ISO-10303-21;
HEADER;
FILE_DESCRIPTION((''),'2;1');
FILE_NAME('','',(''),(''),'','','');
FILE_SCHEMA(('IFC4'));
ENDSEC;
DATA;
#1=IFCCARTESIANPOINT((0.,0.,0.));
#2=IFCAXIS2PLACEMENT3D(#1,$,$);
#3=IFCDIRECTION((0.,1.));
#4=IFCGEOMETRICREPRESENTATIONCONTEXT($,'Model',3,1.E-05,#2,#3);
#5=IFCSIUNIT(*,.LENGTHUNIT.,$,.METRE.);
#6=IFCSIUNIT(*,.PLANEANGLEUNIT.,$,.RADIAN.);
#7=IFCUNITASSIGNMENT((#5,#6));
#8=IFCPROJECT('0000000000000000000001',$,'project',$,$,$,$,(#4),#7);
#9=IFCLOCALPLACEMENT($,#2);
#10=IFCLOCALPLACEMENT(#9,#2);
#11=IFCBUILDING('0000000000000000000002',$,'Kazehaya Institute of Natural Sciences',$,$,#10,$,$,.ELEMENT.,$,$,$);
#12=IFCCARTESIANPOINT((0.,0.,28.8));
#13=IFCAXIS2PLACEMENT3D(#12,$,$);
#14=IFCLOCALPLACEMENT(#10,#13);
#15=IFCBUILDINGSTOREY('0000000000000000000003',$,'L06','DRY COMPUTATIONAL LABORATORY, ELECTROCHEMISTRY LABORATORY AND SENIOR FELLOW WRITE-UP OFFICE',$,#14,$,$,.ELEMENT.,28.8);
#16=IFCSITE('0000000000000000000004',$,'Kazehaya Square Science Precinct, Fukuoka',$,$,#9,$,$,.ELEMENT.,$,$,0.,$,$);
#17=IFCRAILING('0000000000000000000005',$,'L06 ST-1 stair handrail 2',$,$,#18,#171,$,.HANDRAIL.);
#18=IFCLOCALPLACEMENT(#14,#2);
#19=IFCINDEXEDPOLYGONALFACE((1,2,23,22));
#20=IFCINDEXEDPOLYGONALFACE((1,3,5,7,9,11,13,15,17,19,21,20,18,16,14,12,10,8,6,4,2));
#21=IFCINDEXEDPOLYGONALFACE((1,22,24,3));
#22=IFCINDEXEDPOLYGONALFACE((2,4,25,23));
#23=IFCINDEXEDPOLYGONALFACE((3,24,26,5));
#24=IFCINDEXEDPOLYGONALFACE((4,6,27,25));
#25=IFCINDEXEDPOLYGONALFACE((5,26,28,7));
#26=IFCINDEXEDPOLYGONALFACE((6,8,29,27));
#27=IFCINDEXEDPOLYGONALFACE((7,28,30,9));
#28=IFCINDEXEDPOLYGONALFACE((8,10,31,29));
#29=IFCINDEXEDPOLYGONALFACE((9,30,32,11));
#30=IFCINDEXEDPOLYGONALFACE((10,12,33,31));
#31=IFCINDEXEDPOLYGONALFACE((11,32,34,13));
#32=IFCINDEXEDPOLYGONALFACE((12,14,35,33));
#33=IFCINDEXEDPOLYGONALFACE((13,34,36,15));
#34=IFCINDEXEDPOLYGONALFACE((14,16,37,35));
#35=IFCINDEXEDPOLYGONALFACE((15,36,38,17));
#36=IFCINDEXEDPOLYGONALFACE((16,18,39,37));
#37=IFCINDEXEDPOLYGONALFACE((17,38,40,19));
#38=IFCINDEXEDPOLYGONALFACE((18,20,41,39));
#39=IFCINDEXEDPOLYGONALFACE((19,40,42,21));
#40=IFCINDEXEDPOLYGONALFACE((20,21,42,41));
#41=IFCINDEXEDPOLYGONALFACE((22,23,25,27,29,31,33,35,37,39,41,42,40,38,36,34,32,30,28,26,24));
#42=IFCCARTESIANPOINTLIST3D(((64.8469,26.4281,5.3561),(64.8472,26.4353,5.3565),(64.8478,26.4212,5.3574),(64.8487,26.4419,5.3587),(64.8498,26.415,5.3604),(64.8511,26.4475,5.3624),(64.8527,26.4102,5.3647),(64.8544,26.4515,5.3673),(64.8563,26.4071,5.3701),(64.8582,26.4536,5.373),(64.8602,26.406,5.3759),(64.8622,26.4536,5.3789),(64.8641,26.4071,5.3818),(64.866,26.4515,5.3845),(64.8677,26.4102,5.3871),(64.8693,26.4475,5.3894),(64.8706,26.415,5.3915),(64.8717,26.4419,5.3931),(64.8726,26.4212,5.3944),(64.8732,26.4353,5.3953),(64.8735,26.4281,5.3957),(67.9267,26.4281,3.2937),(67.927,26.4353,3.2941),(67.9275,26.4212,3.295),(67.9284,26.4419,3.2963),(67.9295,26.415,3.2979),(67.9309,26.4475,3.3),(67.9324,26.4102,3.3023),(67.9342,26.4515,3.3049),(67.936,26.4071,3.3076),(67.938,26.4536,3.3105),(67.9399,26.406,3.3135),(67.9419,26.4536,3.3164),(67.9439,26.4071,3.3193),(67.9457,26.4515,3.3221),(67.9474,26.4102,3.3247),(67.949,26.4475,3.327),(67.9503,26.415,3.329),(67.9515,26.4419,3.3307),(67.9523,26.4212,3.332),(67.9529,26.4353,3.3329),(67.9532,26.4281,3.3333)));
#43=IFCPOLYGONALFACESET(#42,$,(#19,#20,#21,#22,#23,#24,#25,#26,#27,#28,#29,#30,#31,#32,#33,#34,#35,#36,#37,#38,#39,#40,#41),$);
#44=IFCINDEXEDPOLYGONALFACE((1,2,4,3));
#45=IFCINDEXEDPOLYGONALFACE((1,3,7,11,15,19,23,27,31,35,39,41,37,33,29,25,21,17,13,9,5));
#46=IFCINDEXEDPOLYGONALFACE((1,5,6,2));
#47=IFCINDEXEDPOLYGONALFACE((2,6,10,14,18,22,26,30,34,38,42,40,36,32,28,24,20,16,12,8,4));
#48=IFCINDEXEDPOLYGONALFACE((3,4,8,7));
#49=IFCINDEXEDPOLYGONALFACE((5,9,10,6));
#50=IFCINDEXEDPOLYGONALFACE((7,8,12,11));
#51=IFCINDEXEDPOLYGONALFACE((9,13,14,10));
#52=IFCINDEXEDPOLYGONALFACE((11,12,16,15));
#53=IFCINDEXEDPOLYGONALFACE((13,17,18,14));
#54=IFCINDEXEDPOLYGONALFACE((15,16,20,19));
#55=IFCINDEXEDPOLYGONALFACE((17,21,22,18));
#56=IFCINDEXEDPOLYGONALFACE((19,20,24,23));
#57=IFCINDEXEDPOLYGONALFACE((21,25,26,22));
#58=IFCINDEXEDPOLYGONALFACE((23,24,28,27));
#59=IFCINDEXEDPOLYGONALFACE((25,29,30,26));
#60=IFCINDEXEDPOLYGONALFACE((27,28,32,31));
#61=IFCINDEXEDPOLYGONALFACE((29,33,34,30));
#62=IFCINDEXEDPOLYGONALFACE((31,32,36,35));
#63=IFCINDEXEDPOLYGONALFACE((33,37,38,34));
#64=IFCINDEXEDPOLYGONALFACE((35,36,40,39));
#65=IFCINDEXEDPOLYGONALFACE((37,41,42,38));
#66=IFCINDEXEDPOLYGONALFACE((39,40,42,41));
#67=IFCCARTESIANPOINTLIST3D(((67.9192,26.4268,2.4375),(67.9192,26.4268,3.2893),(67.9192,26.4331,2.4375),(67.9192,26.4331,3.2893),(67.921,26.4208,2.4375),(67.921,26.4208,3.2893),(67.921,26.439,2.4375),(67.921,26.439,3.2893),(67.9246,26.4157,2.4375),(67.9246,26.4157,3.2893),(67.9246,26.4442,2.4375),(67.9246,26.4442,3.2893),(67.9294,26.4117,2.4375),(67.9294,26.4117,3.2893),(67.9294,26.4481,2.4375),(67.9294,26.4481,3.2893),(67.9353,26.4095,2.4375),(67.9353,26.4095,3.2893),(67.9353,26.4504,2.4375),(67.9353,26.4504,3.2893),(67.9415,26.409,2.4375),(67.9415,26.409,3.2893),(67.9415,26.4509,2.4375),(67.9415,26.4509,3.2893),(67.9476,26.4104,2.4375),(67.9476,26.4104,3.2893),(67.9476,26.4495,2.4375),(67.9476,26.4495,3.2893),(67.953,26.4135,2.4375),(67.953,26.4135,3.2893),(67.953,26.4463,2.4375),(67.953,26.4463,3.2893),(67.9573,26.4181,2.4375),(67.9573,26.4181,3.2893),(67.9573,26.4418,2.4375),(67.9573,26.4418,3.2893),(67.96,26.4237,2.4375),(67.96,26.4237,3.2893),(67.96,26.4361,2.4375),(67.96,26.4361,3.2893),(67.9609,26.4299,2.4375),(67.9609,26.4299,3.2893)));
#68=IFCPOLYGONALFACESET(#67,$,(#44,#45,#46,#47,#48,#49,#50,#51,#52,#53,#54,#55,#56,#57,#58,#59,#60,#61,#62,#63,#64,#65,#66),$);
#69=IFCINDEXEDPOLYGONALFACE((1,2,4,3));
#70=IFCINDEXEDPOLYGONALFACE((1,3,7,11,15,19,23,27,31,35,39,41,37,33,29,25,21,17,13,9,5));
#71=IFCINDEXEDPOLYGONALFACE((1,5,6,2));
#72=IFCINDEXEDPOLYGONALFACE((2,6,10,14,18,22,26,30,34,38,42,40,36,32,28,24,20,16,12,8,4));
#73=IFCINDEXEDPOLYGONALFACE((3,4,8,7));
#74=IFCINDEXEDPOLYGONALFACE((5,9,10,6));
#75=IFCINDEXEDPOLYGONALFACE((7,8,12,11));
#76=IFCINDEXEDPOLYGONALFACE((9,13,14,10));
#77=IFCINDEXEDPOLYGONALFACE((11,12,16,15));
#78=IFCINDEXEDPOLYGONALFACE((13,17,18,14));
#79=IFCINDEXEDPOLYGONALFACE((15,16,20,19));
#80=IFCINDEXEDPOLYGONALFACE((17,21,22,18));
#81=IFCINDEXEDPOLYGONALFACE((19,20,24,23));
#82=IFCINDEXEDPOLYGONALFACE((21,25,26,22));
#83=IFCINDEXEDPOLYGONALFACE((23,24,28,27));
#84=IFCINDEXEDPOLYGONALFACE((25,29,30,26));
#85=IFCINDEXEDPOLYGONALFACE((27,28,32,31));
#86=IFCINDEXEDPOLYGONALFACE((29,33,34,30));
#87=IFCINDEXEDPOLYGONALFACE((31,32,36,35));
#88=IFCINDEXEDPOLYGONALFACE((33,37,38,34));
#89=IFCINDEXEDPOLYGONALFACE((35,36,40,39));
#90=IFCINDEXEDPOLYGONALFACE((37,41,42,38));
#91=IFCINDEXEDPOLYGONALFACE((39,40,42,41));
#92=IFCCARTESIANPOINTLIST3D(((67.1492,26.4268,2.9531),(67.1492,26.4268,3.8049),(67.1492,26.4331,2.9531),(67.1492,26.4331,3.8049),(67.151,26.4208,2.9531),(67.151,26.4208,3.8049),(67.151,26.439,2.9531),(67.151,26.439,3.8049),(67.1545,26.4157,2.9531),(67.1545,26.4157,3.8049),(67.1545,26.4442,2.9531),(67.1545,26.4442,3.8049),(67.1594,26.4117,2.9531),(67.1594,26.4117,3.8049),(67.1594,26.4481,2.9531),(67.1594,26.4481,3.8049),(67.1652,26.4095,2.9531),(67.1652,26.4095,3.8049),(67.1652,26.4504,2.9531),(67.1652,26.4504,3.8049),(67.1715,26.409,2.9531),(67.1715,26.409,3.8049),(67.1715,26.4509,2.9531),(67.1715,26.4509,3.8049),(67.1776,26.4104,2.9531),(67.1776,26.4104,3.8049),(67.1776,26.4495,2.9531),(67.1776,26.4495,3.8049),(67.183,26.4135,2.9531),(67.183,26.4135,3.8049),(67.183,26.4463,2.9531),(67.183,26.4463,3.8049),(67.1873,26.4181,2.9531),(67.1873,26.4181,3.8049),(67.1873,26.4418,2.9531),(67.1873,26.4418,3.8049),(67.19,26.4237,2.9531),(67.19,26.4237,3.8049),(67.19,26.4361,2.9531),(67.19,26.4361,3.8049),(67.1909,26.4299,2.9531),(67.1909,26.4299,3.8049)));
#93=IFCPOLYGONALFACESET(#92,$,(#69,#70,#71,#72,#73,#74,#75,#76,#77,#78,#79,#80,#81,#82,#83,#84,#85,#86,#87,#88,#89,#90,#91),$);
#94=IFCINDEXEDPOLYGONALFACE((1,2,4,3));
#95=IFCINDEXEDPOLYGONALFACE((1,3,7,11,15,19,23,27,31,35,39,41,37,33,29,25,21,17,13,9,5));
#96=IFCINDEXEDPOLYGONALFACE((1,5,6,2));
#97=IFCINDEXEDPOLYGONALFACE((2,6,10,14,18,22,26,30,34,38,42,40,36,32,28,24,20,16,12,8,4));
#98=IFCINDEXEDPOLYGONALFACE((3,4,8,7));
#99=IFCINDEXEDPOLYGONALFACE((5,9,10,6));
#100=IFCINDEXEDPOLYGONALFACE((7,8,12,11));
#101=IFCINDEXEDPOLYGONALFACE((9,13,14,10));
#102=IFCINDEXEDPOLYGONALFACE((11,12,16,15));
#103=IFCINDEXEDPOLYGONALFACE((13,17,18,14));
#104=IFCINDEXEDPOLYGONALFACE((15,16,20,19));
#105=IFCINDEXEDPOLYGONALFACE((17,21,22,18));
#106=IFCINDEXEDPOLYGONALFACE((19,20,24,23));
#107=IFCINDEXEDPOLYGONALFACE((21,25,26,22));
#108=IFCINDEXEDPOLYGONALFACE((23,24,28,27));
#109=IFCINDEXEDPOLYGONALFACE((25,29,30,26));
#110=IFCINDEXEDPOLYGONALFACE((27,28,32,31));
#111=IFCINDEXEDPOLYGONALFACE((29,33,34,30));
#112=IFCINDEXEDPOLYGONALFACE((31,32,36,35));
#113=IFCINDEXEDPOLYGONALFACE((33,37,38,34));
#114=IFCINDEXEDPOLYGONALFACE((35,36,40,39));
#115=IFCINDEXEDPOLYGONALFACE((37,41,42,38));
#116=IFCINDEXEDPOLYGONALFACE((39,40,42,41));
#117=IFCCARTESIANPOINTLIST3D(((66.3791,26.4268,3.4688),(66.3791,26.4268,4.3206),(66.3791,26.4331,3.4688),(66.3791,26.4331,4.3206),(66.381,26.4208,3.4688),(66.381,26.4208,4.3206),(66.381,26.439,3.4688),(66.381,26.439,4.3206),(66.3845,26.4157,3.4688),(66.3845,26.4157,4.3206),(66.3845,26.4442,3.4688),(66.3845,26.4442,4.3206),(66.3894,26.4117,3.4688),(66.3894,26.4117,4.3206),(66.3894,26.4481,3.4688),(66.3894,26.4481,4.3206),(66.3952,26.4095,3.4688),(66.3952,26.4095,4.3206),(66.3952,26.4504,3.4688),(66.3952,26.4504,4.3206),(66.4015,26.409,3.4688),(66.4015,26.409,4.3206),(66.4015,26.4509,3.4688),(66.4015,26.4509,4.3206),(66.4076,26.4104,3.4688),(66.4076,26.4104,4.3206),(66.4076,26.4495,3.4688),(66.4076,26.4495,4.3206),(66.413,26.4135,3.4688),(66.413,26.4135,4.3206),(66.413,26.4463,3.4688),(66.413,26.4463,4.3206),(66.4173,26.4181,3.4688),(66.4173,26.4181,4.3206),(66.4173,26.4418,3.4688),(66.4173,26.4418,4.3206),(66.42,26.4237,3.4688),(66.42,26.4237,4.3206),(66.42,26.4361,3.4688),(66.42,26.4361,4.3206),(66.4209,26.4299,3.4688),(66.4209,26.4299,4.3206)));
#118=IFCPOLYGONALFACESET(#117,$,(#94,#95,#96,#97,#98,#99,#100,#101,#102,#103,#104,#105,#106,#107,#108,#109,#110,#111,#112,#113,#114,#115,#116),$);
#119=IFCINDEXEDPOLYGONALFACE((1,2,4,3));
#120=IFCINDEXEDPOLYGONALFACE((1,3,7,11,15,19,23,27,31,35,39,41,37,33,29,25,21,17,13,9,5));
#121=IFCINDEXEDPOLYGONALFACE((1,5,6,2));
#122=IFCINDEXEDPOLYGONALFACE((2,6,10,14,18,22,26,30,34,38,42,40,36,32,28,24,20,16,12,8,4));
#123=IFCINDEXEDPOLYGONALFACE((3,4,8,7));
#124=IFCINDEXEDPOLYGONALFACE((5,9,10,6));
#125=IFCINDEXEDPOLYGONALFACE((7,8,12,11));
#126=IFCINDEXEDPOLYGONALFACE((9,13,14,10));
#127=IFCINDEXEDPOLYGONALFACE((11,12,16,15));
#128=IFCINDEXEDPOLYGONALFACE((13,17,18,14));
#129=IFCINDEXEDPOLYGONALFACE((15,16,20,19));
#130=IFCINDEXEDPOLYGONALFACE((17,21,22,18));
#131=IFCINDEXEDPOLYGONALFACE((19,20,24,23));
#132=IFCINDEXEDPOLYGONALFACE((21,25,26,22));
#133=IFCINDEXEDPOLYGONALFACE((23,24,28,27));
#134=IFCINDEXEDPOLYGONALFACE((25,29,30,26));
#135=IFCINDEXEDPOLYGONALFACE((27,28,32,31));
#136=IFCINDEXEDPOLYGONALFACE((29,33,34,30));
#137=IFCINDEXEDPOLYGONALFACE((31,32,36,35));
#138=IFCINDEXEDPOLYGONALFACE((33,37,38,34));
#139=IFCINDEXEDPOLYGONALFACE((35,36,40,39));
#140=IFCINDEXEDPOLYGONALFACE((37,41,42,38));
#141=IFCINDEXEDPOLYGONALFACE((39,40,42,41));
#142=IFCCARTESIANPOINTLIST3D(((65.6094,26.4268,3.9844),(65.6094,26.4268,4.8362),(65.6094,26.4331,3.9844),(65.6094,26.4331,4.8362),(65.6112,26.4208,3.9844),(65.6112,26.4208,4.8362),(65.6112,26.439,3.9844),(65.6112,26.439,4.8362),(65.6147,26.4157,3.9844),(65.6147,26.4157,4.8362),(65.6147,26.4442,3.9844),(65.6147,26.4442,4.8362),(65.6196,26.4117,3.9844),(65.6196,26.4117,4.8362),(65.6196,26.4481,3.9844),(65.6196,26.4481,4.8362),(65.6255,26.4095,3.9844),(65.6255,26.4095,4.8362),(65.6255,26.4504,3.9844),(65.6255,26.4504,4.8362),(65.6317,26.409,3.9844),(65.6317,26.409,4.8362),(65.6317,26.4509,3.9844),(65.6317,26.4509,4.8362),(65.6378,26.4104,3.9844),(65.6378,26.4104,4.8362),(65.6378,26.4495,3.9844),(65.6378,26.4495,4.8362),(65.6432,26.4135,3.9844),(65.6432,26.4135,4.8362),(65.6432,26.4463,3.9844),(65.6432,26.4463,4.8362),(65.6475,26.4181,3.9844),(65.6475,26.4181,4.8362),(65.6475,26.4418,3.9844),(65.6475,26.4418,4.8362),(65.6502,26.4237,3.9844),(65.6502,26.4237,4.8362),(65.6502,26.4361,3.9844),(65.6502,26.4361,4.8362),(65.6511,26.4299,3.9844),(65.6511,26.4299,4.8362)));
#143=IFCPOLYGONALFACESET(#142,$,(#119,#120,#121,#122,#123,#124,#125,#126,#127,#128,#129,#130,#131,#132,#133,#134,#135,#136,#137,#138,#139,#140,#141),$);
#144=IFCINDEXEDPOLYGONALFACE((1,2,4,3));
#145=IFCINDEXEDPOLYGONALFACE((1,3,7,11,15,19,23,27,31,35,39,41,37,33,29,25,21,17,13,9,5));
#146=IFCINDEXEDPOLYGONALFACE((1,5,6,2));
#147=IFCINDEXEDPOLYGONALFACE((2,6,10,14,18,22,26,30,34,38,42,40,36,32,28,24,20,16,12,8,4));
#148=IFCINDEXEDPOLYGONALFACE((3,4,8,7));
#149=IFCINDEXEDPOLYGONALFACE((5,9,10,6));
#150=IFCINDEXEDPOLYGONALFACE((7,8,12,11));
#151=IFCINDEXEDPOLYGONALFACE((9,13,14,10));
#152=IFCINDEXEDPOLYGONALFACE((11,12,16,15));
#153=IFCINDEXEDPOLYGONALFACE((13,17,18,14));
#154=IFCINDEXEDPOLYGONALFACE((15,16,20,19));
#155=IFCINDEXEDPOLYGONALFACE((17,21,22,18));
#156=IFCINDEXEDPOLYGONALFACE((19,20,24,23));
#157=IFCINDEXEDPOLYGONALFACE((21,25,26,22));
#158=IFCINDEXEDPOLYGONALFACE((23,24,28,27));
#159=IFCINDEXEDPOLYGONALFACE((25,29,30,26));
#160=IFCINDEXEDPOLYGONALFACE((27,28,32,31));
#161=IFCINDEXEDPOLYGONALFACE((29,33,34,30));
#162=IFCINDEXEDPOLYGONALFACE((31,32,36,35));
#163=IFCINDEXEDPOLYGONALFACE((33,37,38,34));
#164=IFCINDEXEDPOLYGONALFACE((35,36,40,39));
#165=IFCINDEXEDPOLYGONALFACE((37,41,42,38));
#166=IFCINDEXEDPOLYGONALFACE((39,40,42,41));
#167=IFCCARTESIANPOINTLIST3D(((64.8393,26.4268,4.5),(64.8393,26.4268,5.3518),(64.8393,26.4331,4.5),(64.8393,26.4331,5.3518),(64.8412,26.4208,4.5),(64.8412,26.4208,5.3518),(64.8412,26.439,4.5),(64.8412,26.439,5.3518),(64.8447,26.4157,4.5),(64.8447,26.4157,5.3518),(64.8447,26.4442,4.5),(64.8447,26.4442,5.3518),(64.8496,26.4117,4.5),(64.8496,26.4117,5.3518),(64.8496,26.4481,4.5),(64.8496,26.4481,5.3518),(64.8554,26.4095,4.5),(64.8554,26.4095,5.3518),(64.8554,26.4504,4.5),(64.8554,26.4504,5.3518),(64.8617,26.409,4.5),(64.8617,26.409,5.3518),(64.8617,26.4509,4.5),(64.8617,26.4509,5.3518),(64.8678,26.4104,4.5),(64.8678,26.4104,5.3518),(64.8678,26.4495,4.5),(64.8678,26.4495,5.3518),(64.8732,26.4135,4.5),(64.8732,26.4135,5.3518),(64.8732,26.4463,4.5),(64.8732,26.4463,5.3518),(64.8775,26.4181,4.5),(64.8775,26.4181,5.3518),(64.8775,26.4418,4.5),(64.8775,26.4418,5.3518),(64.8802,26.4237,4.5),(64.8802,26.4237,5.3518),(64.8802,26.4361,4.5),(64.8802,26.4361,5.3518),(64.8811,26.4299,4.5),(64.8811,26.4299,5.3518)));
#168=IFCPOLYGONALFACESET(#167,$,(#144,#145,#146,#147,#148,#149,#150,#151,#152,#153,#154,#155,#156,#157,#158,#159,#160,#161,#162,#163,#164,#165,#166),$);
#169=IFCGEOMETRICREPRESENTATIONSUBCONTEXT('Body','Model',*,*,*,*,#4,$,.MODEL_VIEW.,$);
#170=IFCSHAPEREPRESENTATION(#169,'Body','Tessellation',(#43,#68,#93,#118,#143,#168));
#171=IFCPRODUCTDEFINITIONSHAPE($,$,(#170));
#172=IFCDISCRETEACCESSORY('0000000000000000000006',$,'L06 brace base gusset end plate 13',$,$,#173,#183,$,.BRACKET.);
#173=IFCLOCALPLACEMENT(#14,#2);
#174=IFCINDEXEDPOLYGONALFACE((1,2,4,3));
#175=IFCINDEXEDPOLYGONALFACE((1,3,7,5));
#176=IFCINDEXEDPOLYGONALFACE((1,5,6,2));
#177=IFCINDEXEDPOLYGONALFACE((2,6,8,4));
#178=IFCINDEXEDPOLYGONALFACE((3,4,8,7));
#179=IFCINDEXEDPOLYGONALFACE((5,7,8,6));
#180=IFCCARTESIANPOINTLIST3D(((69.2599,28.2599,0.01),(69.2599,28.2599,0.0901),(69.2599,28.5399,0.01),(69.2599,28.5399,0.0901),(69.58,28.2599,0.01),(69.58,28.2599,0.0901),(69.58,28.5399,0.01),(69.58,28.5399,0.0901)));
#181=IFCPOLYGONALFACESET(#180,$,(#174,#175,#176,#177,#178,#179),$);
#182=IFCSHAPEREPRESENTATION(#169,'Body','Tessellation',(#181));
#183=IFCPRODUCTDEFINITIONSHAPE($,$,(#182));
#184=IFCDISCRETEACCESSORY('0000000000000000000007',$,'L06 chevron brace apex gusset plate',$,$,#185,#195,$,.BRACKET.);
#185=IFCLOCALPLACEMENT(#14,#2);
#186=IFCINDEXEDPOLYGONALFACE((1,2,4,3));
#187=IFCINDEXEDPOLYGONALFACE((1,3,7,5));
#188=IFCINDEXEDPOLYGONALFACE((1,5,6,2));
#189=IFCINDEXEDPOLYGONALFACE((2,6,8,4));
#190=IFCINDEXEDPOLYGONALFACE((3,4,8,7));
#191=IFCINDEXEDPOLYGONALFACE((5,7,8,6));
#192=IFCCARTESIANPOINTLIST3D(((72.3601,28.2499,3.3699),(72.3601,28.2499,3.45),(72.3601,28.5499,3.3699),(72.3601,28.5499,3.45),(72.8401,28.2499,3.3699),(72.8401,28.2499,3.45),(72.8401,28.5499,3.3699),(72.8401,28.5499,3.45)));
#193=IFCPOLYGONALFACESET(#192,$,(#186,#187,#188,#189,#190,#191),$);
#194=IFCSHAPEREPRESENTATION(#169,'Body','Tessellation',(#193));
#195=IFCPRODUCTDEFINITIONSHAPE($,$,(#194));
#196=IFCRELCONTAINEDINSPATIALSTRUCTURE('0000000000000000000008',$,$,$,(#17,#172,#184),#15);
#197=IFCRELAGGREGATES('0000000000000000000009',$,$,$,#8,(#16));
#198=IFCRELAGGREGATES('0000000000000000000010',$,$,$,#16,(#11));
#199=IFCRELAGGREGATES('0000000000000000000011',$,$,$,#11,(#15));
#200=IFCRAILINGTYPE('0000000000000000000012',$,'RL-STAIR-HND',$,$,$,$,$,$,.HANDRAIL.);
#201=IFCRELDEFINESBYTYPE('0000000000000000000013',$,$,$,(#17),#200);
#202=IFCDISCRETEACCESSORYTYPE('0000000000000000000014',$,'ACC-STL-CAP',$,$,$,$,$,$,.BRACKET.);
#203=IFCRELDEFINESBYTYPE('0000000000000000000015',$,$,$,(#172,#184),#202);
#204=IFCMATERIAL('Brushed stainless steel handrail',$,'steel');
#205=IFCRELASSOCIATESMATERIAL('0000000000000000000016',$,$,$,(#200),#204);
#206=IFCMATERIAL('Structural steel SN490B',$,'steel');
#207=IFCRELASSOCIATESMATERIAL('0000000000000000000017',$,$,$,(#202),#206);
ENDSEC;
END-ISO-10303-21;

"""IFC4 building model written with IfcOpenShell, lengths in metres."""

from ifc_helpers import new_model, si_unit, direction, frame, origin, origin_2d, place, context, subcontext, project, spatial, rectangle, circle, extrude, material, type_object, element, save


model = new_model("IFC4")

# Units and contexts
model_context = context("Model", 3, precision=1e-05, world=origin(), true_north=direction((0.0, 1.0)))
body_context = subcontext(model_context, "Body", "Model", "MODEL_VIEW")
ifc_project = project(units=[si_unit("LENGTHUNIT", "METRE"), si_unit("PLANEANGLEUNIT", "RADIAN")], contexts=[model_context])

# Site, building, storey
site_placement = place(None, origin())
site = spatial("IfcSite", under=ifc_project, at=site_placement, Name="Kazehaya Square Science Precinct, Fukuoka", CompositionType="ELEMENT", RefElevation=0.0)
building_placement = place(site_placement, origin())
building = spatial("IfcBuilding", under=site, at=building_placement, Name="Kazehaya Institute of Natural Sciences", CompositionType="ELEMENT")
storey_placement = place(building_placement, frame((0.0, 0.0, 28.8)))
storey = spatial("IfcBuildingStorey", under=building, at=storey_placement, Name="L06", Description="DRY COMPUTATIONAL LABORATORY, ELECTROCHEMISTRY LABORATORY AND SENIOR FELLOW WRITE-UP OFFICE", CompositionType="ELEMENT", Elevation=28.8)

# Railing
ifc_material_1 = material(Name="Structural steel SN490B", Category="steel")
ifc_material_2 = material(Name="Brushed stainless steel handrail", Category="steel")
railing_type_1 = type_object("IfcRailingType", Name="RL-STAIR-HND", PredefinedType="HANDRAIL", material=ifc_material_2)
railing_1_placement = place(storey_placement, frame((67.9399, 26.4299, 2.4375)))
element("IfcRailing", 1, at=railing_1_placement, inside=storey, type_object=railing_type_1, Name="L06 ST-1 stair handrail 2", PredefinedType="HANDRAIL", context=body_context, shape_type="SweptSolid", body=[
    extrude(circle(Radius=0.0239, at=origin_2d()), frame((0.0, 0.0, 0.876), z_axis=(-0.830893, 0.0, 0.556432), x_axis=(0.0, -1.0, 0.0)), (0.0, 0.0, 1.0), 3.7065),
    extrude(circle(Radius=0.021, at=origin_2d()), origin(), (0.0, 0.0, 1.0), 0.8518),
    extrude(circle(Radius=0.021, at=origin_2d()), frame((-0.77, 0.0, 0.5156)), (0.0, 0.0, 1.0), 0.8518),
    extrude(circle(Radius=0.021, at=origin_2d()), frame((-1.54, 0.0, 1.0312)), (0.0, 0.0, 1.0), 0.8518),
    extrude(circle(Radius=0.021, at=origin_2d()), frame((-2.3098, 0.0, 1.5469)), (0.0, 0.0, 1.0), 0.8518),
    extrude(circle(Radius=0.021, at=origin_2d()), frame((-3.0798, 0.0, 2.0625)), (0.0, 0.0, 1.0), 0.8518),
])

# Discrete accessories
discrete_accessory_type = type_object("IfcDiscreteAccessoryType", Name="ACC-STL-CAP", PredefinedType="BRACKET", material=ifc_material_1)
discrete_accessory_1_placement = place(storey_placement, frame((69.4199, 28.3999, 0.01), z_axis=(0.0, 0.0, 1.0), x_axis=(1.0, 0.0, 0.0)))
element("IfcDiscreteAccessory", 2, at=discrete_accessory_1_placement, inside=storey, type_object=discrete_accessory_type, Name="L06 brace base gusset end plate 13", PredefinedType="BRACKET", context=body_context, shape_type="SweptSolid", body=[
    extrude(rectangle(XDim=0.3201, YDim=0.28, at=origin_2d()), origin(), (0.0, 0.0, 1.0), 0.0801),
])
discrete_accessory_2_placement = place(storey_placement, frame((72.6001, 28.3999, 3.3699), z_axis=(0.0, 0.0, 1.0), x_axis=(1.0, 0.0, 0.0)))
element("IfcDiscreteAccessory", 3, at=discrete_accessory_2_placement, inside=storey, type_object=discrete_accessory_type, Name="L06 chevron brace apex gusset plate", PredefinedType="BRACKET", context=body_context, shape_type="SweptSolid", body=[
    extrude(rectangle(XDim=0.48, YDim=0.3, at=origin_2d()), origin(), (0.0, 0.0, 1.0), 0.0801),
])

save(model, "model.ifc")
